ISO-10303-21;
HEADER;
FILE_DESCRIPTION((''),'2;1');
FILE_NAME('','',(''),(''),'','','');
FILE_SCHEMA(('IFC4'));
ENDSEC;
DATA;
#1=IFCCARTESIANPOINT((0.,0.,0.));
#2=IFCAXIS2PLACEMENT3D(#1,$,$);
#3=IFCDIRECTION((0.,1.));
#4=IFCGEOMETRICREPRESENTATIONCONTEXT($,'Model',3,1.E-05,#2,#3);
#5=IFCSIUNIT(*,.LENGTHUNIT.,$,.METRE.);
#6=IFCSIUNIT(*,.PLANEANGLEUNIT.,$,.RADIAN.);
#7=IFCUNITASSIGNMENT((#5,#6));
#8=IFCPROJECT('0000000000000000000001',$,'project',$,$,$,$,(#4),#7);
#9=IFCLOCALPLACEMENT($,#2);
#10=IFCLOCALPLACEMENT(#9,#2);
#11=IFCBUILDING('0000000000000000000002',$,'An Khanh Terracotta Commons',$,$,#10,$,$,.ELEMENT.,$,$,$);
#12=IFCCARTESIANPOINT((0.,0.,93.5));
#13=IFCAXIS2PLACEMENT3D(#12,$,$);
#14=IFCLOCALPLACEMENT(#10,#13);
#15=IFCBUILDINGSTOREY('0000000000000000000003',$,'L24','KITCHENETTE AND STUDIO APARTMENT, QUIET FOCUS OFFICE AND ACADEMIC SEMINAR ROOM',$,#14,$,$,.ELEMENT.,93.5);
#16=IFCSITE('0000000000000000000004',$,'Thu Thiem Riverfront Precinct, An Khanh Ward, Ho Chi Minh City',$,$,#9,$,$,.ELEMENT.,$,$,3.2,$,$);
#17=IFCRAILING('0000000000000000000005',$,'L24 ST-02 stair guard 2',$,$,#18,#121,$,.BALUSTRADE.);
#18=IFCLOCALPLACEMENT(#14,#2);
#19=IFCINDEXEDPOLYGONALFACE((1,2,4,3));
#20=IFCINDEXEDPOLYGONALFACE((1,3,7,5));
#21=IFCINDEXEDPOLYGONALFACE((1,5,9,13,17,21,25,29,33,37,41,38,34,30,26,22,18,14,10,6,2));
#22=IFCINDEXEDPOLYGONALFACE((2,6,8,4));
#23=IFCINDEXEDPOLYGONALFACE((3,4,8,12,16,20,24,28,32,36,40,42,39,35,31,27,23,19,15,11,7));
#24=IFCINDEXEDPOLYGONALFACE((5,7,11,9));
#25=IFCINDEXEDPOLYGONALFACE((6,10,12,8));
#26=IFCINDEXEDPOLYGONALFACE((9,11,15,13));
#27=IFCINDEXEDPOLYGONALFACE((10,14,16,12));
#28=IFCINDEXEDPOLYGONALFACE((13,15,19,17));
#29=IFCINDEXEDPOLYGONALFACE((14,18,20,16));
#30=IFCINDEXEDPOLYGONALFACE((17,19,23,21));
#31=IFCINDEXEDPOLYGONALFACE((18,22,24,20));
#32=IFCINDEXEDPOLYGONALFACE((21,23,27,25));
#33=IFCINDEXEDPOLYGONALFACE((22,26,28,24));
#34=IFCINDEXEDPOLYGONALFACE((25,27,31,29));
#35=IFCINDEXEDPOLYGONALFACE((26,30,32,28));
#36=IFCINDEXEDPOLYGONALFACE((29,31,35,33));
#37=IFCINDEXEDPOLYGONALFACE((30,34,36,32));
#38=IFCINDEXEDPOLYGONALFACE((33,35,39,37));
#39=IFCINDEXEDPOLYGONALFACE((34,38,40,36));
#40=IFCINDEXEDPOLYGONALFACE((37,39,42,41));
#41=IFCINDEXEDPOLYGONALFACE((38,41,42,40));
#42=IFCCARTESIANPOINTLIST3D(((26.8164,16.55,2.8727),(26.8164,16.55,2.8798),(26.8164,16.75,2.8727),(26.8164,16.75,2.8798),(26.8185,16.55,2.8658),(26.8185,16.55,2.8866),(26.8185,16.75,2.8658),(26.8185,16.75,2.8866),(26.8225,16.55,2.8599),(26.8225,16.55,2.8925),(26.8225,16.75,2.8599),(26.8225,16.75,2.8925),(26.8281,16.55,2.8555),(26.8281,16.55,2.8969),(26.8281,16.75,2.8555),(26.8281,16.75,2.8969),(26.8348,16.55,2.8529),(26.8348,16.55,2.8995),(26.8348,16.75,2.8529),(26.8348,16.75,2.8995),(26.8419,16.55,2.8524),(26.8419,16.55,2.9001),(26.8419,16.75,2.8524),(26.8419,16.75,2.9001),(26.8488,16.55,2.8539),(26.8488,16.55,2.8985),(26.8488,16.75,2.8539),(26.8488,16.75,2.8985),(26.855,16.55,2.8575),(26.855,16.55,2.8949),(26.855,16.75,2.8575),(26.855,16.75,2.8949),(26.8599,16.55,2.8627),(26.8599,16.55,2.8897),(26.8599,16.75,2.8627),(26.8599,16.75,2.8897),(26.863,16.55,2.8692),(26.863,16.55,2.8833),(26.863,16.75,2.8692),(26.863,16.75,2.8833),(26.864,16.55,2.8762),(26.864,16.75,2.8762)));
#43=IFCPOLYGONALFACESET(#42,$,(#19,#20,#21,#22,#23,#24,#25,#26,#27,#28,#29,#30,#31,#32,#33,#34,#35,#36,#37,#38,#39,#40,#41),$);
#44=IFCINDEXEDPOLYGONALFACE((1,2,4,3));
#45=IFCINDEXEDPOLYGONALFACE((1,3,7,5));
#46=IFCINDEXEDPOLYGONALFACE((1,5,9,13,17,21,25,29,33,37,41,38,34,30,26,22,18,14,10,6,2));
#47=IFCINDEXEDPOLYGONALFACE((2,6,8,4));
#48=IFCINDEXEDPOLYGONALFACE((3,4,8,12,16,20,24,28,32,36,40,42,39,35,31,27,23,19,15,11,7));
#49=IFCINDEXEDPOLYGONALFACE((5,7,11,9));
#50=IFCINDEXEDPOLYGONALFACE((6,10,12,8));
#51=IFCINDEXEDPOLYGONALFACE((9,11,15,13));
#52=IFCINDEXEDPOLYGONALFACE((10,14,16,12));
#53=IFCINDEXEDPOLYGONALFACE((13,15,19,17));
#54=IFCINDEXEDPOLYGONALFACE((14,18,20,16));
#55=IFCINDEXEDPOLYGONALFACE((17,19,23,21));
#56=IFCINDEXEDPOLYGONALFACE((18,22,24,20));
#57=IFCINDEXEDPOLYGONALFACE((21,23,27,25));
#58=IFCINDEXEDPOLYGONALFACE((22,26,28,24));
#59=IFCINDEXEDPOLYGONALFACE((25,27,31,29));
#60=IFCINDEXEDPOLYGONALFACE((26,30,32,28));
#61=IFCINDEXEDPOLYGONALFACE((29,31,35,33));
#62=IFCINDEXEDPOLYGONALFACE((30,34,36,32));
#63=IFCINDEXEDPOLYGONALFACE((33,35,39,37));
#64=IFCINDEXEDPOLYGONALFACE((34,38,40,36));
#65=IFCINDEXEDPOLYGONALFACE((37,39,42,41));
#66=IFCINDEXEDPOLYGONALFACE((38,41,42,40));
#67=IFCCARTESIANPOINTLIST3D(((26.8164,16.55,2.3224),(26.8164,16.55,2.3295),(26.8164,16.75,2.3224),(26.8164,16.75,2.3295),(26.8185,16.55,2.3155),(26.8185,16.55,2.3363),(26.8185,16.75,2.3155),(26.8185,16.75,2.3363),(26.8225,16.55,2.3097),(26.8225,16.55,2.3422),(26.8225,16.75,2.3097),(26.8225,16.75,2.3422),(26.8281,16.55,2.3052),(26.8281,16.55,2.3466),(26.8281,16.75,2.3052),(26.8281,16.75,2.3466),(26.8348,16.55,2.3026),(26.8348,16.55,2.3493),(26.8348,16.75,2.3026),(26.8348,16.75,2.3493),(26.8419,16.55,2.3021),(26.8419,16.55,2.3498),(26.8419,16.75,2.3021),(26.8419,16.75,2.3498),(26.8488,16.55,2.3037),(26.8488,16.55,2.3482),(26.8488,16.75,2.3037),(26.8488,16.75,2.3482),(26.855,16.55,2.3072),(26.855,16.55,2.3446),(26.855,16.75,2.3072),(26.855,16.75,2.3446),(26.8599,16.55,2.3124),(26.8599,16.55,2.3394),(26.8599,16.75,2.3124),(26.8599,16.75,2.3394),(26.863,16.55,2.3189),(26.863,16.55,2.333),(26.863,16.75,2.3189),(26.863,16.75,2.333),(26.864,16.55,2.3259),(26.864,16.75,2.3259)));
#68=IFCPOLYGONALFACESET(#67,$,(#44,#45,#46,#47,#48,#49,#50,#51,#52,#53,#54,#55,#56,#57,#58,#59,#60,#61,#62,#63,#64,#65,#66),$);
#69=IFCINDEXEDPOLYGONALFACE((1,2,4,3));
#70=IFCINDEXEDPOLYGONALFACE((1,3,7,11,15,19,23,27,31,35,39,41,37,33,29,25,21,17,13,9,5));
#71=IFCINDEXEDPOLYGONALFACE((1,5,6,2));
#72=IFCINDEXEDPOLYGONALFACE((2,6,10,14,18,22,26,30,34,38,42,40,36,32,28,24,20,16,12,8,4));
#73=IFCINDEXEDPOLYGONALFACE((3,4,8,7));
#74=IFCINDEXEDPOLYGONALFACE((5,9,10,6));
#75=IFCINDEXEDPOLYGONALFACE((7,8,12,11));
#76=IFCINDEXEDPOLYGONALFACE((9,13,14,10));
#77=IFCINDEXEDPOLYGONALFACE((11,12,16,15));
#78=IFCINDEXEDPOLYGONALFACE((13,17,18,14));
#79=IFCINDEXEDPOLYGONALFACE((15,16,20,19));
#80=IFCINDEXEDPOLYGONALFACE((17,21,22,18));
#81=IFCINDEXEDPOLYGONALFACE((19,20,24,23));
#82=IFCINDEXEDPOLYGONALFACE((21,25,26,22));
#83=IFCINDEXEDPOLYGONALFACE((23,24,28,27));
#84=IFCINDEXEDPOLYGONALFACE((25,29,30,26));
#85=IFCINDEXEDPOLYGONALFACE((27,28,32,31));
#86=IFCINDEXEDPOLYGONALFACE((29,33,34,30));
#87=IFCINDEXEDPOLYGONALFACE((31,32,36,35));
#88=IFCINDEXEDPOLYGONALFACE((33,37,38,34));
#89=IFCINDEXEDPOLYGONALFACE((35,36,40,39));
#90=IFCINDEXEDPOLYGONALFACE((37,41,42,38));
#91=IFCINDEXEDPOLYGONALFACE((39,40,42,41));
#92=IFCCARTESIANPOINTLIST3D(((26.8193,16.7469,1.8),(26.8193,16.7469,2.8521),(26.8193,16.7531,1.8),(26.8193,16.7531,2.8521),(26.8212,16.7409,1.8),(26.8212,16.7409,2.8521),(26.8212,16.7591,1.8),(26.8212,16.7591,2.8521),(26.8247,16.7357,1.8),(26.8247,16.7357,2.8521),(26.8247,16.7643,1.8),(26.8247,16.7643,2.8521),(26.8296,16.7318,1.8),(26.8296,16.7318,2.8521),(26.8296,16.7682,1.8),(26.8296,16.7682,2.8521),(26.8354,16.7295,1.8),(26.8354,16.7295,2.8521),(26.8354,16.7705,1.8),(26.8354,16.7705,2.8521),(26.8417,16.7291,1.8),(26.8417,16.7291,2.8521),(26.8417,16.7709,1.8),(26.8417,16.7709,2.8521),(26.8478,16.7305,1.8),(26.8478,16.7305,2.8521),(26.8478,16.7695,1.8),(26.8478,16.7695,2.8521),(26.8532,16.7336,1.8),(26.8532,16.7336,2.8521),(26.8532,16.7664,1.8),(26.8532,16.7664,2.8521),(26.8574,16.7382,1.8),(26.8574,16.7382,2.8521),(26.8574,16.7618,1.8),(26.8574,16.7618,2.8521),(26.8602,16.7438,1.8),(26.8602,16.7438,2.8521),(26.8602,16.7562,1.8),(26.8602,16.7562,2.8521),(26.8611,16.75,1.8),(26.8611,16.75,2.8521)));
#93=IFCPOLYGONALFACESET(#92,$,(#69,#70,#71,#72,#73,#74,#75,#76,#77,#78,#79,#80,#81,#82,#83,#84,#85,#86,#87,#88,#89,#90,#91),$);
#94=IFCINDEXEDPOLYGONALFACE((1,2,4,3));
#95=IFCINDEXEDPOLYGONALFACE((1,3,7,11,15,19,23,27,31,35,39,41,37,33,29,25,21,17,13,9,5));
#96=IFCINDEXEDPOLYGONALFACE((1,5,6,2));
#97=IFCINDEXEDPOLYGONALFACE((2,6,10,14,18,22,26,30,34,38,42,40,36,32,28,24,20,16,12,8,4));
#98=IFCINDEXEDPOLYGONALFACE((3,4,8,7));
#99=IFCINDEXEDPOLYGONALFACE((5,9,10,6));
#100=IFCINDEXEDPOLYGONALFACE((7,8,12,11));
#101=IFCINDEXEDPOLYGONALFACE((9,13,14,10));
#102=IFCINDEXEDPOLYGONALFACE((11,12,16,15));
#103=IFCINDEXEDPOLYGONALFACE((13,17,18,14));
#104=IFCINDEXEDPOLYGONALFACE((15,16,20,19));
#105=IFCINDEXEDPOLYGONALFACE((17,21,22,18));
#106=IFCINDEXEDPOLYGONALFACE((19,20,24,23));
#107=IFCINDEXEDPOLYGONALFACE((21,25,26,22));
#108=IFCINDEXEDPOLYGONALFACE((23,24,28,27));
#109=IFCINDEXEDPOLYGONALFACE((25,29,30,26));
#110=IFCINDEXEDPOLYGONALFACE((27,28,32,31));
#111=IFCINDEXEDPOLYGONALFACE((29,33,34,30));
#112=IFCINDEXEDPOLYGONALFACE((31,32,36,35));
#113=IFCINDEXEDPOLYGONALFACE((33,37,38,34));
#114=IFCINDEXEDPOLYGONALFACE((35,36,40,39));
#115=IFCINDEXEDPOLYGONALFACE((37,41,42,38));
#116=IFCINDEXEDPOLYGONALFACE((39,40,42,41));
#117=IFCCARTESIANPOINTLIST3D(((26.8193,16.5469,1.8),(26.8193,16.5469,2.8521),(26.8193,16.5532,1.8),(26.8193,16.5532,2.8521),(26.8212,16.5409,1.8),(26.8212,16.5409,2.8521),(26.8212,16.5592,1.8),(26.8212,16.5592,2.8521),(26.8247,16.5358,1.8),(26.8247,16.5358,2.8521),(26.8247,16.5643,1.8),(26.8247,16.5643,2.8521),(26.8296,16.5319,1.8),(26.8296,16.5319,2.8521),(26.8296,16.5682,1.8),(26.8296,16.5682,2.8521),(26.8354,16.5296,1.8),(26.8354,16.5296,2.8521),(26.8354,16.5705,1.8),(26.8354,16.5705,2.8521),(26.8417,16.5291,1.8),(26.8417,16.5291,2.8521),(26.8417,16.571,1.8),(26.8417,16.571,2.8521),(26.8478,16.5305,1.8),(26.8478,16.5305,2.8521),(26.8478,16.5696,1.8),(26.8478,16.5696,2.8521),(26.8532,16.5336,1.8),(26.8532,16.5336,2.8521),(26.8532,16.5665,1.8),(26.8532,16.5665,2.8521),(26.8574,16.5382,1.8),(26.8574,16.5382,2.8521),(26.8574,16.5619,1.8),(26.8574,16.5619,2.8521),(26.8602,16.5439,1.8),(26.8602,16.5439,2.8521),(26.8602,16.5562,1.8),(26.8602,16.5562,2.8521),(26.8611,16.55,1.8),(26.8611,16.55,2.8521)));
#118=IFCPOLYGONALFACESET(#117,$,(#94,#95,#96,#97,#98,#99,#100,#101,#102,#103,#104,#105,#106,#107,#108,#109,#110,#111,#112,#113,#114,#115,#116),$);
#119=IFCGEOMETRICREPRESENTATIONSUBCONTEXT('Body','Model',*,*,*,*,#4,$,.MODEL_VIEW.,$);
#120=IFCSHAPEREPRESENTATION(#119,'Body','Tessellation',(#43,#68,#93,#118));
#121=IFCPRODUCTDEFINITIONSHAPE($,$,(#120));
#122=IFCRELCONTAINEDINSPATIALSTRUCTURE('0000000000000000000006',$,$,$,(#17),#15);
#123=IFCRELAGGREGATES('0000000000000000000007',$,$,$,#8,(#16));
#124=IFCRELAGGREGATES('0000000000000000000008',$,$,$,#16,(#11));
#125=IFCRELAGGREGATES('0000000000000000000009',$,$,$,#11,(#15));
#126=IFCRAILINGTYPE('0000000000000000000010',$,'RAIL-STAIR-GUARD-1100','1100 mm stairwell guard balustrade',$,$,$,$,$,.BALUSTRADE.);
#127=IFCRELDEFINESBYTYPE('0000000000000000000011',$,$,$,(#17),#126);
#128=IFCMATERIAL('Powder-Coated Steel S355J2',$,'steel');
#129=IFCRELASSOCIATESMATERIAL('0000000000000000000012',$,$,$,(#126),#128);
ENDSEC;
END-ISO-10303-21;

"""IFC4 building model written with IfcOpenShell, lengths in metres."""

from ifc_helpers import new_model, si_unit, direction, frame, origin, origin_2d, place, context, subcontext, project, spatial, circle, extrude, material, type_object, element, save


model = new_model("IFC4")

# Units and contexts
model_context = context("Model", 3, precision=1e-05, world=origin(), true_north=direction((0.0, 1.0)))
body_context = subcontext(model_context, "Body", "Model", "MODEL_VIEW")
ifc_project = project(units=[si_unit("LENGTHUNIT", "METRE"), si_unit("PLANEANGLEUNIT", "RADIAN")], contexts=[model_context])

# Site, building, storey
site_placement = place(None, origin())
site = spatial("IfcSite", under=ifc_project, at=site_placement, Name="Thu Thiem Riverfront Precinct, An Khanh Ward, Ho Chi Minh City", CompositionType="ELEMENT", RefElevation=3.2)
building_placement = place(site_placement, origin())
building = spatial("IfcBuilding", under=site, at=building_placement, Name="An Khanh Terracotta Commons", CompositionType="ELEMENT")
storey_placement = place(building_placement, frame((0.0, 0.0, 93.5)))
storey = spatial("IfcBuildingStorey", under=building, at=storey_placement, Name="L24", Description="KITCHENETTE AND STUDIO APARTMENT, QUIET FOCUS OFFICE AND ACADEMIC SEMINAR ROOM", CompositionType="ELEMENT", Elevation=93.5)

# Railing
ifc_material_1 = material(Name="Powder-Coated Steel S355J2", Category="steel")
railing_type_1 = type_object("IfcRailingType", Name="RAIL-STAIR-GUARD-1100", Description="1100 mm stairwell guard balustrade", PredefinedType="BALUSTRADE", material=ifc_material_1)
railing_1_placement = place(storey_placement, frame((26.8401, 16.75, 1.8)))
element("IfcRailing", 1, at=railing_1_placement, inside=storey, type_object=railing_type_1, Name="L24 ST-02 stair guard 2", PredefinedType="BALUSTRADE", context=body_context, shape_type="SweptSolid", body=[
    extrude(circle(Radius=0.0239, at=origin_2d()), frame((0.0, 0.0, 1.0762), z_axis=(0.0, -1.0, 0.0), x_axis=(1.0, 0.0, 0.0)), (0.0, 0.0, 1.0), 0.2),
    extrude(circle(Radius=0.0239, at=origin_2d()), frame((0.0, 0.0, 0.5259), z_axis=(0.0, -1.0, 0.0), x_axis=(1.0, 0.0, 0.0)), (0.0, 0.0, 1.0), 0.2),
    extrude(circle(Radius=0.021, at=origin_2d()), origin(), (0.0, 0.0, 1.0), 1.052),
    extrude(circle(Radius=0.021, at=origin_2d()), frame((0.0, -0.2, 0.0)), (0.0, 0.0, 1.0), 1.052),
])

save(model, "model.ifc")
